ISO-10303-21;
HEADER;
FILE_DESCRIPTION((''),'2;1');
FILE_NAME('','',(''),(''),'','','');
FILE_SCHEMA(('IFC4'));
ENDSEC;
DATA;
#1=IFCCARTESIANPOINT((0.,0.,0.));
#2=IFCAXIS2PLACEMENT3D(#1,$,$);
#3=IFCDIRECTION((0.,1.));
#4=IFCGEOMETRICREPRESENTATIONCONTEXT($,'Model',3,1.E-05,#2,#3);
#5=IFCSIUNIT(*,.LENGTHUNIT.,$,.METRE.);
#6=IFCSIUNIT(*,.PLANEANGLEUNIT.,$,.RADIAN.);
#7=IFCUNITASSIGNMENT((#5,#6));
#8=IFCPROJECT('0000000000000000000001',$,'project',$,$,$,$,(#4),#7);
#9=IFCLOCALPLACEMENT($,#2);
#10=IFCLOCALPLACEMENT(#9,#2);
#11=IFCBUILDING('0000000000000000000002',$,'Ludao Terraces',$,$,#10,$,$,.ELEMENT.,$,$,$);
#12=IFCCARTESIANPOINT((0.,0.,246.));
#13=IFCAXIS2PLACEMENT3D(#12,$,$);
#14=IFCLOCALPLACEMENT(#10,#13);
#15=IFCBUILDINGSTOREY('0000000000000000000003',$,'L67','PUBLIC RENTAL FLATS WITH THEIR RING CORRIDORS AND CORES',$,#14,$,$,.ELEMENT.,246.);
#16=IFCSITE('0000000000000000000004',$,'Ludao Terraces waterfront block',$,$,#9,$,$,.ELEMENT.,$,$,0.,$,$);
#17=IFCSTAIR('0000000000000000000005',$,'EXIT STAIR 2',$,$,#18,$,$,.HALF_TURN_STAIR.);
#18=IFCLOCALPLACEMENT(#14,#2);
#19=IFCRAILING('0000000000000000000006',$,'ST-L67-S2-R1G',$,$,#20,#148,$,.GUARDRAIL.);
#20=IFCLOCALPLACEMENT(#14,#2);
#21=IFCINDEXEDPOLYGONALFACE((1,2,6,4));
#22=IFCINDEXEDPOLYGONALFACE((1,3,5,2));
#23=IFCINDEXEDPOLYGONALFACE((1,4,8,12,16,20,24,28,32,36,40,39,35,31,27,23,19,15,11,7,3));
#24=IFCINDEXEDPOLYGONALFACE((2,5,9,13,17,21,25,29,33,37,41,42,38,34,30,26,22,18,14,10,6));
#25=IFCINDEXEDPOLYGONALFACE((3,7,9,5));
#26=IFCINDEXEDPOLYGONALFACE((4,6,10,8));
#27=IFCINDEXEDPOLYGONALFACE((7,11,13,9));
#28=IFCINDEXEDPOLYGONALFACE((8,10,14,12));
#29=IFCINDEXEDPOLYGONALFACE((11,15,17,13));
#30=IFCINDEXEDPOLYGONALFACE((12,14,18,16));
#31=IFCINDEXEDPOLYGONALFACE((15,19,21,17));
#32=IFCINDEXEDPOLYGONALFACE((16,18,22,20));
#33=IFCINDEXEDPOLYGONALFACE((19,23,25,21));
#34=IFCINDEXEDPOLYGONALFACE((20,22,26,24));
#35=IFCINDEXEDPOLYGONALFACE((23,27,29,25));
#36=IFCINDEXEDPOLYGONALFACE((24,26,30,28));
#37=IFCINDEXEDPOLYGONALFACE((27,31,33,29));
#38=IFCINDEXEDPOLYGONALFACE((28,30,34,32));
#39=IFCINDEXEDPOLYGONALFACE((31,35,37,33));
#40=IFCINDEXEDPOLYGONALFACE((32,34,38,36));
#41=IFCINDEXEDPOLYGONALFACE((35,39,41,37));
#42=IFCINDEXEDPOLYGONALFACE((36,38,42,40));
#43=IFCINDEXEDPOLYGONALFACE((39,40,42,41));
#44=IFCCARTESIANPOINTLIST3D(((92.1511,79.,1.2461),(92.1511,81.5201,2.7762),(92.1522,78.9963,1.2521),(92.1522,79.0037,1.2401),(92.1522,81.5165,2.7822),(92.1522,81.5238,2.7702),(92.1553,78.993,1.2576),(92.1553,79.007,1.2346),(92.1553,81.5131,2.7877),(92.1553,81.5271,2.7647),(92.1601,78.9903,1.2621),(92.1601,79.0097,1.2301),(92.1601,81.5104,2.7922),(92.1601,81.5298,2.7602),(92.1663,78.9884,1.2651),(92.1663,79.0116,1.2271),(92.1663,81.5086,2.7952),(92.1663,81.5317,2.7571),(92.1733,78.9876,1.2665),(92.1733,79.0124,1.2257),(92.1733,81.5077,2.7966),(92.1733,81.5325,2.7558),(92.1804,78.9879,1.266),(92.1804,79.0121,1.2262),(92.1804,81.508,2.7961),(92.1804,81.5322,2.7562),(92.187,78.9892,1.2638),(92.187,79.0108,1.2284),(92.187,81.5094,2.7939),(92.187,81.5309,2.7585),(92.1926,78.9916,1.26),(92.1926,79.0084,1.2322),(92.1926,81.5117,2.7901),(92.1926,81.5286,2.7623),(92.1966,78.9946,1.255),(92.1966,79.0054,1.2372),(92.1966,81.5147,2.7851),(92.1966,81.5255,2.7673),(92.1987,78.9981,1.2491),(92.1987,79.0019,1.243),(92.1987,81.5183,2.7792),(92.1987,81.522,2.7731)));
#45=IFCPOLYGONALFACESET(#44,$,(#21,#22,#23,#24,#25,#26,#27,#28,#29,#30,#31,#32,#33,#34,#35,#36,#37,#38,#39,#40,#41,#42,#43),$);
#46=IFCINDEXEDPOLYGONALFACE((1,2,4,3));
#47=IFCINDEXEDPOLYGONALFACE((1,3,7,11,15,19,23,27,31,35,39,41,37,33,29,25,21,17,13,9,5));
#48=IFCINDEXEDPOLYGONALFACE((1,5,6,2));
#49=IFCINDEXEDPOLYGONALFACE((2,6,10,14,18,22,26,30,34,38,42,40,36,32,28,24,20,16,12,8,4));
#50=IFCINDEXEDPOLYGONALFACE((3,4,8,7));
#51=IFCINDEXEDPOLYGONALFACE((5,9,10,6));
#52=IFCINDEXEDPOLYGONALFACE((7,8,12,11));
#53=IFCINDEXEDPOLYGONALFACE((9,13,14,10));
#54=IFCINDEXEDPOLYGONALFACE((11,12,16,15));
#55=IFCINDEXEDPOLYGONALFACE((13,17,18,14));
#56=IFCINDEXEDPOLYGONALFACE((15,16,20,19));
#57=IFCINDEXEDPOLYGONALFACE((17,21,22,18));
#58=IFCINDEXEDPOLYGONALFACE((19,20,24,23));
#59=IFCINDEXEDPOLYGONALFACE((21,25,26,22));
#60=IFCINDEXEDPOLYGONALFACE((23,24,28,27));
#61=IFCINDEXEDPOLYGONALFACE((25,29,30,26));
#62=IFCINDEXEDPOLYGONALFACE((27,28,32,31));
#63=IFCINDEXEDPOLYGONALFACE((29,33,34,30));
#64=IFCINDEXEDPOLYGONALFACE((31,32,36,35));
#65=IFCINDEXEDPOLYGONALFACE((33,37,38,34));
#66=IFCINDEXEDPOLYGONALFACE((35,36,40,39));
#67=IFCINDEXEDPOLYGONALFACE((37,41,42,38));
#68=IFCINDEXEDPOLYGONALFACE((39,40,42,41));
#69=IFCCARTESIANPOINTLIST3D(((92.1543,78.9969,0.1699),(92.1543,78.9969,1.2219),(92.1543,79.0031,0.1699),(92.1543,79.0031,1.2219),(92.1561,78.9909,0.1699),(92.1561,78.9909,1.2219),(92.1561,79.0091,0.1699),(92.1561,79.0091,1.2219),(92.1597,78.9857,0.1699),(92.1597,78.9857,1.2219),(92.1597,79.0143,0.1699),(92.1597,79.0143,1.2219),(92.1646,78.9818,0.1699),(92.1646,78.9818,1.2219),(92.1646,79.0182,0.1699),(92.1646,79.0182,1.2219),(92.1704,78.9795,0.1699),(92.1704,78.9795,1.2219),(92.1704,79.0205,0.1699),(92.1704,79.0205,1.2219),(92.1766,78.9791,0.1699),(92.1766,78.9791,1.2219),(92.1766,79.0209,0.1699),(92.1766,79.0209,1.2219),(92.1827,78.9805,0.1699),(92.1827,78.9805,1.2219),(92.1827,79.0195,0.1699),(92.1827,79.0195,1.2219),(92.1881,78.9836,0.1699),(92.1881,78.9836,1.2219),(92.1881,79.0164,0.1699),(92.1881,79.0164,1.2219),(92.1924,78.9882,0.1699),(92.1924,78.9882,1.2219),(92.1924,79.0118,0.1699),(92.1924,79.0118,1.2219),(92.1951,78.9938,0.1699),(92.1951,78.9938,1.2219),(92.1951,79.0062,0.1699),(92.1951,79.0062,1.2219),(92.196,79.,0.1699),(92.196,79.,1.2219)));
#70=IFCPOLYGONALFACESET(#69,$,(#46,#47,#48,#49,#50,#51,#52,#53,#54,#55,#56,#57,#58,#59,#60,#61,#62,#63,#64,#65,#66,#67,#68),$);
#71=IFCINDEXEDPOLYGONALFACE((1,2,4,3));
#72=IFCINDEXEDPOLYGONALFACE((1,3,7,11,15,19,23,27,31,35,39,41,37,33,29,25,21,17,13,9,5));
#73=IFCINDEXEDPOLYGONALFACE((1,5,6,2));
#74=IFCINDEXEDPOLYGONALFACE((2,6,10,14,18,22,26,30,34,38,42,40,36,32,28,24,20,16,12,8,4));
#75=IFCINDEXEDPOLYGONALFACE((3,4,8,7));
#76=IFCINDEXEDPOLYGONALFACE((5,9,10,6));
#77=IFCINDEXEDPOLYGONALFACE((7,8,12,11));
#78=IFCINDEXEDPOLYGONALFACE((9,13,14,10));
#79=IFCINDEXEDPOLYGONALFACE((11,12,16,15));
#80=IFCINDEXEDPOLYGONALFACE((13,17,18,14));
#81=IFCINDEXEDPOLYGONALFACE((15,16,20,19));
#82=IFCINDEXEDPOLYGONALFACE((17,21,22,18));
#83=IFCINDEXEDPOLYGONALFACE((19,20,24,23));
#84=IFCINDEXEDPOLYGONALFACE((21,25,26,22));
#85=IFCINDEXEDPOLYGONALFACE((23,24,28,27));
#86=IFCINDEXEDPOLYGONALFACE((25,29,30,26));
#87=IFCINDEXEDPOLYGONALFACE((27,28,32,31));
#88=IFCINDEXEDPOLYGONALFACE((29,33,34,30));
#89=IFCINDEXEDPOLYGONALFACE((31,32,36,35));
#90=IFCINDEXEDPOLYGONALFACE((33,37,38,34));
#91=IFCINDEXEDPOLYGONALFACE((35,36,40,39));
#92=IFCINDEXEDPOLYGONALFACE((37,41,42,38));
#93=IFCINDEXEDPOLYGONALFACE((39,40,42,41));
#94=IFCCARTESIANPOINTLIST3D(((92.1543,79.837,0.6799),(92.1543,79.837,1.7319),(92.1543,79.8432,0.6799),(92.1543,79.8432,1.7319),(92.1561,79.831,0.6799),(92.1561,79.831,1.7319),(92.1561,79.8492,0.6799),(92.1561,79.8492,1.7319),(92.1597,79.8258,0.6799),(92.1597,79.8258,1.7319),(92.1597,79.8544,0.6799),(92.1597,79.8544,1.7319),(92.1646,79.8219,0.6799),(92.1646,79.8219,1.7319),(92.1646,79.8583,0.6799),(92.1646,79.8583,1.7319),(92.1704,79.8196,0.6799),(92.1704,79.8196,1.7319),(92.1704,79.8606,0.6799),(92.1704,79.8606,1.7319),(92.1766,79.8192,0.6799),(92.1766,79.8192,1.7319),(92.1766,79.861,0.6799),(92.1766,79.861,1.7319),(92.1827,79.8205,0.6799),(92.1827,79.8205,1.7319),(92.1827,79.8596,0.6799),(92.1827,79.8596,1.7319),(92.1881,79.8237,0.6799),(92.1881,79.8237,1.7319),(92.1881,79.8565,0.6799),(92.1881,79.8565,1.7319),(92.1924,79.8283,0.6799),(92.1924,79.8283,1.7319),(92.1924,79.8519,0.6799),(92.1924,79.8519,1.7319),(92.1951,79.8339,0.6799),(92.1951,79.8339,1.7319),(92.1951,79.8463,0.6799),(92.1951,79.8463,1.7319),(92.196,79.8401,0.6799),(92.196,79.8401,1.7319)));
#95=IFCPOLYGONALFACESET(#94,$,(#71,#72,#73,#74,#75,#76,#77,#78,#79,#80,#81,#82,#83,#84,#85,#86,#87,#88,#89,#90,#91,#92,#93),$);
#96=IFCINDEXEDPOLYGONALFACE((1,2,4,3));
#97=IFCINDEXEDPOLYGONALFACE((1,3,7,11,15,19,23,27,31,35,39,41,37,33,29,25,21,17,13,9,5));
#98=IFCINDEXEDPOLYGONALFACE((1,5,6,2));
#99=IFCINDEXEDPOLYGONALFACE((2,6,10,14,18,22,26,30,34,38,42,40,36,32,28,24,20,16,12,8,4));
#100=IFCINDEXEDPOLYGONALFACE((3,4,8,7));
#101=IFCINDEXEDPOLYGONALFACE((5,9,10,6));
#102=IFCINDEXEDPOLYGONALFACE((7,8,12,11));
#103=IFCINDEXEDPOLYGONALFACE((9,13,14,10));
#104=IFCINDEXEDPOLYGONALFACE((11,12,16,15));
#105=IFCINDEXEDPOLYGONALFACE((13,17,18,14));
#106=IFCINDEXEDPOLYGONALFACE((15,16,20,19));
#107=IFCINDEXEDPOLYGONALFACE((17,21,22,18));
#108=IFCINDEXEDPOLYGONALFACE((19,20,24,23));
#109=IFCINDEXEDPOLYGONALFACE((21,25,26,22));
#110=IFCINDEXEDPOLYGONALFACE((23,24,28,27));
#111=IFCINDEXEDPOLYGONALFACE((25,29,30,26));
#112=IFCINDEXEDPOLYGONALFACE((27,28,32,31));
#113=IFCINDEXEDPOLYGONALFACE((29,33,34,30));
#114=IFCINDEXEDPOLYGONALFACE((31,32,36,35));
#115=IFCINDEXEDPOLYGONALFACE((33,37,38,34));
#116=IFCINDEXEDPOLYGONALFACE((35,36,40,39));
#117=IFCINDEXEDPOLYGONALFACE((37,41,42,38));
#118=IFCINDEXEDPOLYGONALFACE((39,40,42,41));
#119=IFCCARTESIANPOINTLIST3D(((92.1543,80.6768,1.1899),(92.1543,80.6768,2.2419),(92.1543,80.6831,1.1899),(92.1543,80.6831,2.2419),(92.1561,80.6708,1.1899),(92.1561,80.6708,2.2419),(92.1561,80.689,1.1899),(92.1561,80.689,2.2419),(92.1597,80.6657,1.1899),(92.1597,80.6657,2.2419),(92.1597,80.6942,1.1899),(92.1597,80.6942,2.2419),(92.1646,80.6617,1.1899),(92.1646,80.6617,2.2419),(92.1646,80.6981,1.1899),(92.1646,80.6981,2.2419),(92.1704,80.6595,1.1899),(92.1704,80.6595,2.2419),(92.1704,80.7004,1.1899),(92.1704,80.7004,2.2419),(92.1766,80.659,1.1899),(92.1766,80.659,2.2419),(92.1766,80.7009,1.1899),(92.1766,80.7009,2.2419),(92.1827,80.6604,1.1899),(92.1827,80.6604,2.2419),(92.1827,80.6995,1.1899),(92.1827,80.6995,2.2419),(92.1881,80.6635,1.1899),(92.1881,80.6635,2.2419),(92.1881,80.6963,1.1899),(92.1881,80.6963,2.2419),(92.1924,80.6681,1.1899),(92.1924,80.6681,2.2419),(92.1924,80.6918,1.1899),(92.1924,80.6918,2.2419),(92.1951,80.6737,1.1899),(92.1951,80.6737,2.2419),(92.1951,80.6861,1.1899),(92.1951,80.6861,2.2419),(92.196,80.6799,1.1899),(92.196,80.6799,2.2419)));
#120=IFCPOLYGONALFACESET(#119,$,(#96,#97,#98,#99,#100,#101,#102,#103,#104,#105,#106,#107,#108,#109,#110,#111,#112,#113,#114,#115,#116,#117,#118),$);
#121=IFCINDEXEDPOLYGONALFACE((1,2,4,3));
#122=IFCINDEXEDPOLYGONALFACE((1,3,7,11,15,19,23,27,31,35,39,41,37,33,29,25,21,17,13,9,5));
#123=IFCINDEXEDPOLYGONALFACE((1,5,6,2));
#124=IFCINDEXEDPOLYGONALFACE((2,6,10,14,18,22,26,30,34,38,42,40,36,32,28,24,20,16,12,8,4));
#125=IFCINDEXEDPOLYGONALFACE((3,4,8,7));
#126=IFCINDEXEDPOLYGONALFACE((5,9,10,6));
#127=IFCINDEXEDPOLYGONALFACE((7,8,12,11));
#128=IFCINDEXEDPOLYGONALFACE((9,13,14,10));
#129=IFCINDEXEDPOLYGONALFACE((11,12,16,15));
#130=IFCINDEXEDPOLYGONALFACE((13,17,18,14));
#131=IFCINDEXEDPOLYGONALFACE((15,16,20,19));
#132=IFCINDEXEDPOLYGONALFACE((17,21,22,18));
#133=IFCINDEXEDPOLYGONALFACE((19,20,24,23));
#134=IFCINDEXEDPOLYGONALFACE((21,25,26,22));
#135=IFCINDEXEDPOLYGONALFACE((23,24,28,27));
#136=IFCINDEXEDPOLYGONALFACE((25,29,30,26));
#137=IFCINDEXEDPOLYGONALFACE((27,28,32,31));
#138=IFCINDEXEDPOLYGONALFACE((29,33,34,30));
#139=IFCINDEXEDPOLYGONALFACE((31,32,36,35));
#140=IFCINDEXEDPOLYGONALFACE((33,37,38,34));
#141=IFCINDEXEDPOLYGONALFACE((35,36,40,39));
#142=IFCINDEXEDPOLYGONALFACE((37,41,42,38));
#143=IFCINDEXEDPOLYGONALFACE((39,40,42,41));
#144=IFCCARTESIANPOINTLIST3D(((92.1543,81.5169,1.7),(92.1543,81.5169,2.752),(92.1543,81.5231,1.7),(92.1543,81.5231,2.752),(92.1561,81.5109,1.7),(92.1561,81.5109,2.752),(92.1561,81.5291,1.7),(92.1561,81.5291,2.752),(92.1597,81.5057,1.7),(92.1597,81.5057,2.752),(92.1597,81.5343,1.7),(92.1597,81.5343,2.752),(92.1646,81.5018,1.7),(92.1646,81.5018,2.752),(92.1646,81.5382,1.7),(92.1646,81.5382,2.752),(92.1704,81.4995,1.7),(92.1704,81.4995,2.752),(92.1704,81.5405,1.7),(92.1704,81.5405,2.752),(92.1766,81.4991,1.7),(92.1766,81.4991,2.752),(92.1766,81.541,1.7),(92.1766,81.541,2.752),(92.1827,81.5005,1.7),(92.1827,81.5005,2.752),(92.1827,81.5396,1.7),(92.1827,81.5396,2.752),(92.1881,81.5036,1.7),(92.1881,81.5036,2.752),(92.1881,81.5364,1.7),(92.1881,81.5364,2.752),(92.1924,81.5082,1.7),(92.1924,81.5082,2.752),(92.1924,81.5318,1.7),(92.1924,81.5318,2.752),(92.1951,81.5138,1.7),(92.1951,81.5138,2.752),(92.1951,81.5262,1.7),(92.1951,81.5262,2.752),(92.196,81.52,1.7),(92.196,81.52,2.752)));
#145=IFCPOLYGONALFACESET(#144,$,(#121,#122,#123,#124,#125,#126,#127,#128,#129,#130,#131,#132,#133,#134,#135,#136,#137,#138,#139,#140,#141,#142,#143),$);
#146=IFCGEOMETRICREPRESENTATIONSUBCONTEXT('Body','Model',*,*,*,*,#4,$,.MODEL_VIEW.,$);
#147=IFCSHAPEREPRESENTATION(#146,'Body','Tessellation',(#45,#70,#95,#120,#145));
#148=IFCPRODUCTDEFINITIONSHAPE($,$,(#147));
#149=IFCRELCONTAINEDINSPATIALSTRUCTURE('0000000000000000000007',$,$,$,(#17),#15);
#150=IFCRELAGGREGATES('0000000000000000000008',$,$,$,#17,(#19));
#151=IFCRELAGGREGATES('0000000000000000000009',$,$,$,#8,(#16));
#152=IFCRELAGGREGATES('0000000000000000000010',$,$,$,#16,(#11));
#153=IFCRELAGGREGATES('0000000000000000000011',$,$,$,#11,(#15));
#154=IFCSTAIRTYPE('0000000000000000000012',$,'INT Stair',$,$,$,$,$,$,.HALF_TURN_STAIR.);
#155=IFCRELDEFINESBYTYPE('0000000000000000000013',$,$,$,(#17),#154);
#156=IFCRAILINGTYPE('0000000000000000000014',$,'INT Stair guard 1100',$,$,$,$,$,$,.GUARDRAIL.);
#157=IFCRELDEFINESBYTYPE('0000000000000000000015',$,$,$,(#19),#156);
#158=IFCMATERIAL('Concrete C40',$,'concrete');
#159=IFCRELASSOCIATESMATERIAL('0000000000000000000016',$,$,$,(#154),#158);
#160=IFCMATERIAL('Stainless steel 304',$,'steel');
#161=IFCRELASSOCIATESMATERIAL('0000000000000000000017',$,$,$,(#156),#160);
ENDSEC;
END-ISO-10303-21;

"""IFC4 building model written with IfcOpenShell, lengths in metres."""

from ifc_helpers import new_model, si_unit, direction, frame, origin, origin_2d, place, context, subcontext, project, spatial, circle, extrude, material, type_object, element, aggregate, save


model = new_model("IFC4")

# Units and contexts
model_context = context("Model", 3, precision=1e-05, world=origin(), true_north=direction((0.0, 1.0)))
body_context = subcontext(model_context, "Body", "Model", "MODEL_VIEW")
ifc_project = project(units=[si_unit("LENGTHUNIT", "METRE"), si_unit("PLANEANGLEUNIT", "RADIAN")], contexts=[model_context])

# Site, building, storey
site_placement = place(None, origin())
site = spatial("IfcSite", under=ifc_project, at=site_placement, Name="Ludao Terraces waterfront block", CompositionType="ELEMENT", RefElevation=0.0)
building_placement = place(site_placement, origin())
building = spatial("IfcBuilding", under=site, at=building_placement, Name="Ludao Terraces", CompositionType="ELEMENT")
storey_placement = place(building_placement, frame((0.0, 0.0, 246.0)))
storey = spatial("IfcBuildingStorey", under=building, at=storey_placement, Name="L67", Description="PUBLIC RENTAL FLATS WITH THEIR RING CORRIDORS AND CORES", CompositionType="ELEMENT", Elevation=246.0)

# Shared definitions
ifc_material_1 = material(Name="Stainless steel 304", Category="steel")

# Stair, railing
ifc_material_2 = material(Name="Concrete C40", Category="concrete")
stair_type = type_object("IfcStairType", Name="INT Stair", PredefinedType="HALF_TURN_STAIR", material=ifc_material_2)
stair_placement = place(storey_placement, origin())
stair = element("IfcStair", 1, at=stair_placement, inside=storey, type_object=stair_type, Name="EXIT STAIR 2", PredefinedType="HALF_TURN_STAIR")
railing_type_1 = type_object("IfcRailingType", Name="INT Stair guard 1100", PredefinedType="GUARDRAIL", material=ifc_material_1)
railing_1_placement = place(storey_placement, frame((92.175, 79.0, 0.1699)))
railing_1 = element("IfcRailing", 2, at=railing_1_placement, type_object=railing_type_1, Name="ST-L67-S2-R1G", PredefinedType="GUARDRAIL", context=body_context, shape_type="SweptSolid", body=[
    extrude(circle(Radius=0.0239, at=origin_2d()), frame((0.0, 0.0, 1.0762), z_axis=(0.0, 0.854785, 0.518982), x_axis=(-1.0, 0.0, 0.0)), (0.0, 0.0, 1.0), 2.9482),
    extrude(circle(Radius=0.021, at=origin_2d()), origin(), (0.0, 0.0, 1.0), 1.052),
    extrude(circle(Radius=0.021, at=origin_2d()), frame((0.0, 0.8401, 0.51)), (0.0, 0.0, 1.0), 1.052),
    extrude(circle(Radius=0.021, at=origin_2d()), frame((0.0, 1.6799, 1.02)), (0.0, 0.0, 1.0), 1.052),
    extrude(circle(Radius=0.021, at=origin_2d()), frame((0.0, 2.52, 1.53)), (0.0, 0.0, 1.0), 1.052),
])
aggregate(stair, [railing_1])

save(model, "model.ifc")
